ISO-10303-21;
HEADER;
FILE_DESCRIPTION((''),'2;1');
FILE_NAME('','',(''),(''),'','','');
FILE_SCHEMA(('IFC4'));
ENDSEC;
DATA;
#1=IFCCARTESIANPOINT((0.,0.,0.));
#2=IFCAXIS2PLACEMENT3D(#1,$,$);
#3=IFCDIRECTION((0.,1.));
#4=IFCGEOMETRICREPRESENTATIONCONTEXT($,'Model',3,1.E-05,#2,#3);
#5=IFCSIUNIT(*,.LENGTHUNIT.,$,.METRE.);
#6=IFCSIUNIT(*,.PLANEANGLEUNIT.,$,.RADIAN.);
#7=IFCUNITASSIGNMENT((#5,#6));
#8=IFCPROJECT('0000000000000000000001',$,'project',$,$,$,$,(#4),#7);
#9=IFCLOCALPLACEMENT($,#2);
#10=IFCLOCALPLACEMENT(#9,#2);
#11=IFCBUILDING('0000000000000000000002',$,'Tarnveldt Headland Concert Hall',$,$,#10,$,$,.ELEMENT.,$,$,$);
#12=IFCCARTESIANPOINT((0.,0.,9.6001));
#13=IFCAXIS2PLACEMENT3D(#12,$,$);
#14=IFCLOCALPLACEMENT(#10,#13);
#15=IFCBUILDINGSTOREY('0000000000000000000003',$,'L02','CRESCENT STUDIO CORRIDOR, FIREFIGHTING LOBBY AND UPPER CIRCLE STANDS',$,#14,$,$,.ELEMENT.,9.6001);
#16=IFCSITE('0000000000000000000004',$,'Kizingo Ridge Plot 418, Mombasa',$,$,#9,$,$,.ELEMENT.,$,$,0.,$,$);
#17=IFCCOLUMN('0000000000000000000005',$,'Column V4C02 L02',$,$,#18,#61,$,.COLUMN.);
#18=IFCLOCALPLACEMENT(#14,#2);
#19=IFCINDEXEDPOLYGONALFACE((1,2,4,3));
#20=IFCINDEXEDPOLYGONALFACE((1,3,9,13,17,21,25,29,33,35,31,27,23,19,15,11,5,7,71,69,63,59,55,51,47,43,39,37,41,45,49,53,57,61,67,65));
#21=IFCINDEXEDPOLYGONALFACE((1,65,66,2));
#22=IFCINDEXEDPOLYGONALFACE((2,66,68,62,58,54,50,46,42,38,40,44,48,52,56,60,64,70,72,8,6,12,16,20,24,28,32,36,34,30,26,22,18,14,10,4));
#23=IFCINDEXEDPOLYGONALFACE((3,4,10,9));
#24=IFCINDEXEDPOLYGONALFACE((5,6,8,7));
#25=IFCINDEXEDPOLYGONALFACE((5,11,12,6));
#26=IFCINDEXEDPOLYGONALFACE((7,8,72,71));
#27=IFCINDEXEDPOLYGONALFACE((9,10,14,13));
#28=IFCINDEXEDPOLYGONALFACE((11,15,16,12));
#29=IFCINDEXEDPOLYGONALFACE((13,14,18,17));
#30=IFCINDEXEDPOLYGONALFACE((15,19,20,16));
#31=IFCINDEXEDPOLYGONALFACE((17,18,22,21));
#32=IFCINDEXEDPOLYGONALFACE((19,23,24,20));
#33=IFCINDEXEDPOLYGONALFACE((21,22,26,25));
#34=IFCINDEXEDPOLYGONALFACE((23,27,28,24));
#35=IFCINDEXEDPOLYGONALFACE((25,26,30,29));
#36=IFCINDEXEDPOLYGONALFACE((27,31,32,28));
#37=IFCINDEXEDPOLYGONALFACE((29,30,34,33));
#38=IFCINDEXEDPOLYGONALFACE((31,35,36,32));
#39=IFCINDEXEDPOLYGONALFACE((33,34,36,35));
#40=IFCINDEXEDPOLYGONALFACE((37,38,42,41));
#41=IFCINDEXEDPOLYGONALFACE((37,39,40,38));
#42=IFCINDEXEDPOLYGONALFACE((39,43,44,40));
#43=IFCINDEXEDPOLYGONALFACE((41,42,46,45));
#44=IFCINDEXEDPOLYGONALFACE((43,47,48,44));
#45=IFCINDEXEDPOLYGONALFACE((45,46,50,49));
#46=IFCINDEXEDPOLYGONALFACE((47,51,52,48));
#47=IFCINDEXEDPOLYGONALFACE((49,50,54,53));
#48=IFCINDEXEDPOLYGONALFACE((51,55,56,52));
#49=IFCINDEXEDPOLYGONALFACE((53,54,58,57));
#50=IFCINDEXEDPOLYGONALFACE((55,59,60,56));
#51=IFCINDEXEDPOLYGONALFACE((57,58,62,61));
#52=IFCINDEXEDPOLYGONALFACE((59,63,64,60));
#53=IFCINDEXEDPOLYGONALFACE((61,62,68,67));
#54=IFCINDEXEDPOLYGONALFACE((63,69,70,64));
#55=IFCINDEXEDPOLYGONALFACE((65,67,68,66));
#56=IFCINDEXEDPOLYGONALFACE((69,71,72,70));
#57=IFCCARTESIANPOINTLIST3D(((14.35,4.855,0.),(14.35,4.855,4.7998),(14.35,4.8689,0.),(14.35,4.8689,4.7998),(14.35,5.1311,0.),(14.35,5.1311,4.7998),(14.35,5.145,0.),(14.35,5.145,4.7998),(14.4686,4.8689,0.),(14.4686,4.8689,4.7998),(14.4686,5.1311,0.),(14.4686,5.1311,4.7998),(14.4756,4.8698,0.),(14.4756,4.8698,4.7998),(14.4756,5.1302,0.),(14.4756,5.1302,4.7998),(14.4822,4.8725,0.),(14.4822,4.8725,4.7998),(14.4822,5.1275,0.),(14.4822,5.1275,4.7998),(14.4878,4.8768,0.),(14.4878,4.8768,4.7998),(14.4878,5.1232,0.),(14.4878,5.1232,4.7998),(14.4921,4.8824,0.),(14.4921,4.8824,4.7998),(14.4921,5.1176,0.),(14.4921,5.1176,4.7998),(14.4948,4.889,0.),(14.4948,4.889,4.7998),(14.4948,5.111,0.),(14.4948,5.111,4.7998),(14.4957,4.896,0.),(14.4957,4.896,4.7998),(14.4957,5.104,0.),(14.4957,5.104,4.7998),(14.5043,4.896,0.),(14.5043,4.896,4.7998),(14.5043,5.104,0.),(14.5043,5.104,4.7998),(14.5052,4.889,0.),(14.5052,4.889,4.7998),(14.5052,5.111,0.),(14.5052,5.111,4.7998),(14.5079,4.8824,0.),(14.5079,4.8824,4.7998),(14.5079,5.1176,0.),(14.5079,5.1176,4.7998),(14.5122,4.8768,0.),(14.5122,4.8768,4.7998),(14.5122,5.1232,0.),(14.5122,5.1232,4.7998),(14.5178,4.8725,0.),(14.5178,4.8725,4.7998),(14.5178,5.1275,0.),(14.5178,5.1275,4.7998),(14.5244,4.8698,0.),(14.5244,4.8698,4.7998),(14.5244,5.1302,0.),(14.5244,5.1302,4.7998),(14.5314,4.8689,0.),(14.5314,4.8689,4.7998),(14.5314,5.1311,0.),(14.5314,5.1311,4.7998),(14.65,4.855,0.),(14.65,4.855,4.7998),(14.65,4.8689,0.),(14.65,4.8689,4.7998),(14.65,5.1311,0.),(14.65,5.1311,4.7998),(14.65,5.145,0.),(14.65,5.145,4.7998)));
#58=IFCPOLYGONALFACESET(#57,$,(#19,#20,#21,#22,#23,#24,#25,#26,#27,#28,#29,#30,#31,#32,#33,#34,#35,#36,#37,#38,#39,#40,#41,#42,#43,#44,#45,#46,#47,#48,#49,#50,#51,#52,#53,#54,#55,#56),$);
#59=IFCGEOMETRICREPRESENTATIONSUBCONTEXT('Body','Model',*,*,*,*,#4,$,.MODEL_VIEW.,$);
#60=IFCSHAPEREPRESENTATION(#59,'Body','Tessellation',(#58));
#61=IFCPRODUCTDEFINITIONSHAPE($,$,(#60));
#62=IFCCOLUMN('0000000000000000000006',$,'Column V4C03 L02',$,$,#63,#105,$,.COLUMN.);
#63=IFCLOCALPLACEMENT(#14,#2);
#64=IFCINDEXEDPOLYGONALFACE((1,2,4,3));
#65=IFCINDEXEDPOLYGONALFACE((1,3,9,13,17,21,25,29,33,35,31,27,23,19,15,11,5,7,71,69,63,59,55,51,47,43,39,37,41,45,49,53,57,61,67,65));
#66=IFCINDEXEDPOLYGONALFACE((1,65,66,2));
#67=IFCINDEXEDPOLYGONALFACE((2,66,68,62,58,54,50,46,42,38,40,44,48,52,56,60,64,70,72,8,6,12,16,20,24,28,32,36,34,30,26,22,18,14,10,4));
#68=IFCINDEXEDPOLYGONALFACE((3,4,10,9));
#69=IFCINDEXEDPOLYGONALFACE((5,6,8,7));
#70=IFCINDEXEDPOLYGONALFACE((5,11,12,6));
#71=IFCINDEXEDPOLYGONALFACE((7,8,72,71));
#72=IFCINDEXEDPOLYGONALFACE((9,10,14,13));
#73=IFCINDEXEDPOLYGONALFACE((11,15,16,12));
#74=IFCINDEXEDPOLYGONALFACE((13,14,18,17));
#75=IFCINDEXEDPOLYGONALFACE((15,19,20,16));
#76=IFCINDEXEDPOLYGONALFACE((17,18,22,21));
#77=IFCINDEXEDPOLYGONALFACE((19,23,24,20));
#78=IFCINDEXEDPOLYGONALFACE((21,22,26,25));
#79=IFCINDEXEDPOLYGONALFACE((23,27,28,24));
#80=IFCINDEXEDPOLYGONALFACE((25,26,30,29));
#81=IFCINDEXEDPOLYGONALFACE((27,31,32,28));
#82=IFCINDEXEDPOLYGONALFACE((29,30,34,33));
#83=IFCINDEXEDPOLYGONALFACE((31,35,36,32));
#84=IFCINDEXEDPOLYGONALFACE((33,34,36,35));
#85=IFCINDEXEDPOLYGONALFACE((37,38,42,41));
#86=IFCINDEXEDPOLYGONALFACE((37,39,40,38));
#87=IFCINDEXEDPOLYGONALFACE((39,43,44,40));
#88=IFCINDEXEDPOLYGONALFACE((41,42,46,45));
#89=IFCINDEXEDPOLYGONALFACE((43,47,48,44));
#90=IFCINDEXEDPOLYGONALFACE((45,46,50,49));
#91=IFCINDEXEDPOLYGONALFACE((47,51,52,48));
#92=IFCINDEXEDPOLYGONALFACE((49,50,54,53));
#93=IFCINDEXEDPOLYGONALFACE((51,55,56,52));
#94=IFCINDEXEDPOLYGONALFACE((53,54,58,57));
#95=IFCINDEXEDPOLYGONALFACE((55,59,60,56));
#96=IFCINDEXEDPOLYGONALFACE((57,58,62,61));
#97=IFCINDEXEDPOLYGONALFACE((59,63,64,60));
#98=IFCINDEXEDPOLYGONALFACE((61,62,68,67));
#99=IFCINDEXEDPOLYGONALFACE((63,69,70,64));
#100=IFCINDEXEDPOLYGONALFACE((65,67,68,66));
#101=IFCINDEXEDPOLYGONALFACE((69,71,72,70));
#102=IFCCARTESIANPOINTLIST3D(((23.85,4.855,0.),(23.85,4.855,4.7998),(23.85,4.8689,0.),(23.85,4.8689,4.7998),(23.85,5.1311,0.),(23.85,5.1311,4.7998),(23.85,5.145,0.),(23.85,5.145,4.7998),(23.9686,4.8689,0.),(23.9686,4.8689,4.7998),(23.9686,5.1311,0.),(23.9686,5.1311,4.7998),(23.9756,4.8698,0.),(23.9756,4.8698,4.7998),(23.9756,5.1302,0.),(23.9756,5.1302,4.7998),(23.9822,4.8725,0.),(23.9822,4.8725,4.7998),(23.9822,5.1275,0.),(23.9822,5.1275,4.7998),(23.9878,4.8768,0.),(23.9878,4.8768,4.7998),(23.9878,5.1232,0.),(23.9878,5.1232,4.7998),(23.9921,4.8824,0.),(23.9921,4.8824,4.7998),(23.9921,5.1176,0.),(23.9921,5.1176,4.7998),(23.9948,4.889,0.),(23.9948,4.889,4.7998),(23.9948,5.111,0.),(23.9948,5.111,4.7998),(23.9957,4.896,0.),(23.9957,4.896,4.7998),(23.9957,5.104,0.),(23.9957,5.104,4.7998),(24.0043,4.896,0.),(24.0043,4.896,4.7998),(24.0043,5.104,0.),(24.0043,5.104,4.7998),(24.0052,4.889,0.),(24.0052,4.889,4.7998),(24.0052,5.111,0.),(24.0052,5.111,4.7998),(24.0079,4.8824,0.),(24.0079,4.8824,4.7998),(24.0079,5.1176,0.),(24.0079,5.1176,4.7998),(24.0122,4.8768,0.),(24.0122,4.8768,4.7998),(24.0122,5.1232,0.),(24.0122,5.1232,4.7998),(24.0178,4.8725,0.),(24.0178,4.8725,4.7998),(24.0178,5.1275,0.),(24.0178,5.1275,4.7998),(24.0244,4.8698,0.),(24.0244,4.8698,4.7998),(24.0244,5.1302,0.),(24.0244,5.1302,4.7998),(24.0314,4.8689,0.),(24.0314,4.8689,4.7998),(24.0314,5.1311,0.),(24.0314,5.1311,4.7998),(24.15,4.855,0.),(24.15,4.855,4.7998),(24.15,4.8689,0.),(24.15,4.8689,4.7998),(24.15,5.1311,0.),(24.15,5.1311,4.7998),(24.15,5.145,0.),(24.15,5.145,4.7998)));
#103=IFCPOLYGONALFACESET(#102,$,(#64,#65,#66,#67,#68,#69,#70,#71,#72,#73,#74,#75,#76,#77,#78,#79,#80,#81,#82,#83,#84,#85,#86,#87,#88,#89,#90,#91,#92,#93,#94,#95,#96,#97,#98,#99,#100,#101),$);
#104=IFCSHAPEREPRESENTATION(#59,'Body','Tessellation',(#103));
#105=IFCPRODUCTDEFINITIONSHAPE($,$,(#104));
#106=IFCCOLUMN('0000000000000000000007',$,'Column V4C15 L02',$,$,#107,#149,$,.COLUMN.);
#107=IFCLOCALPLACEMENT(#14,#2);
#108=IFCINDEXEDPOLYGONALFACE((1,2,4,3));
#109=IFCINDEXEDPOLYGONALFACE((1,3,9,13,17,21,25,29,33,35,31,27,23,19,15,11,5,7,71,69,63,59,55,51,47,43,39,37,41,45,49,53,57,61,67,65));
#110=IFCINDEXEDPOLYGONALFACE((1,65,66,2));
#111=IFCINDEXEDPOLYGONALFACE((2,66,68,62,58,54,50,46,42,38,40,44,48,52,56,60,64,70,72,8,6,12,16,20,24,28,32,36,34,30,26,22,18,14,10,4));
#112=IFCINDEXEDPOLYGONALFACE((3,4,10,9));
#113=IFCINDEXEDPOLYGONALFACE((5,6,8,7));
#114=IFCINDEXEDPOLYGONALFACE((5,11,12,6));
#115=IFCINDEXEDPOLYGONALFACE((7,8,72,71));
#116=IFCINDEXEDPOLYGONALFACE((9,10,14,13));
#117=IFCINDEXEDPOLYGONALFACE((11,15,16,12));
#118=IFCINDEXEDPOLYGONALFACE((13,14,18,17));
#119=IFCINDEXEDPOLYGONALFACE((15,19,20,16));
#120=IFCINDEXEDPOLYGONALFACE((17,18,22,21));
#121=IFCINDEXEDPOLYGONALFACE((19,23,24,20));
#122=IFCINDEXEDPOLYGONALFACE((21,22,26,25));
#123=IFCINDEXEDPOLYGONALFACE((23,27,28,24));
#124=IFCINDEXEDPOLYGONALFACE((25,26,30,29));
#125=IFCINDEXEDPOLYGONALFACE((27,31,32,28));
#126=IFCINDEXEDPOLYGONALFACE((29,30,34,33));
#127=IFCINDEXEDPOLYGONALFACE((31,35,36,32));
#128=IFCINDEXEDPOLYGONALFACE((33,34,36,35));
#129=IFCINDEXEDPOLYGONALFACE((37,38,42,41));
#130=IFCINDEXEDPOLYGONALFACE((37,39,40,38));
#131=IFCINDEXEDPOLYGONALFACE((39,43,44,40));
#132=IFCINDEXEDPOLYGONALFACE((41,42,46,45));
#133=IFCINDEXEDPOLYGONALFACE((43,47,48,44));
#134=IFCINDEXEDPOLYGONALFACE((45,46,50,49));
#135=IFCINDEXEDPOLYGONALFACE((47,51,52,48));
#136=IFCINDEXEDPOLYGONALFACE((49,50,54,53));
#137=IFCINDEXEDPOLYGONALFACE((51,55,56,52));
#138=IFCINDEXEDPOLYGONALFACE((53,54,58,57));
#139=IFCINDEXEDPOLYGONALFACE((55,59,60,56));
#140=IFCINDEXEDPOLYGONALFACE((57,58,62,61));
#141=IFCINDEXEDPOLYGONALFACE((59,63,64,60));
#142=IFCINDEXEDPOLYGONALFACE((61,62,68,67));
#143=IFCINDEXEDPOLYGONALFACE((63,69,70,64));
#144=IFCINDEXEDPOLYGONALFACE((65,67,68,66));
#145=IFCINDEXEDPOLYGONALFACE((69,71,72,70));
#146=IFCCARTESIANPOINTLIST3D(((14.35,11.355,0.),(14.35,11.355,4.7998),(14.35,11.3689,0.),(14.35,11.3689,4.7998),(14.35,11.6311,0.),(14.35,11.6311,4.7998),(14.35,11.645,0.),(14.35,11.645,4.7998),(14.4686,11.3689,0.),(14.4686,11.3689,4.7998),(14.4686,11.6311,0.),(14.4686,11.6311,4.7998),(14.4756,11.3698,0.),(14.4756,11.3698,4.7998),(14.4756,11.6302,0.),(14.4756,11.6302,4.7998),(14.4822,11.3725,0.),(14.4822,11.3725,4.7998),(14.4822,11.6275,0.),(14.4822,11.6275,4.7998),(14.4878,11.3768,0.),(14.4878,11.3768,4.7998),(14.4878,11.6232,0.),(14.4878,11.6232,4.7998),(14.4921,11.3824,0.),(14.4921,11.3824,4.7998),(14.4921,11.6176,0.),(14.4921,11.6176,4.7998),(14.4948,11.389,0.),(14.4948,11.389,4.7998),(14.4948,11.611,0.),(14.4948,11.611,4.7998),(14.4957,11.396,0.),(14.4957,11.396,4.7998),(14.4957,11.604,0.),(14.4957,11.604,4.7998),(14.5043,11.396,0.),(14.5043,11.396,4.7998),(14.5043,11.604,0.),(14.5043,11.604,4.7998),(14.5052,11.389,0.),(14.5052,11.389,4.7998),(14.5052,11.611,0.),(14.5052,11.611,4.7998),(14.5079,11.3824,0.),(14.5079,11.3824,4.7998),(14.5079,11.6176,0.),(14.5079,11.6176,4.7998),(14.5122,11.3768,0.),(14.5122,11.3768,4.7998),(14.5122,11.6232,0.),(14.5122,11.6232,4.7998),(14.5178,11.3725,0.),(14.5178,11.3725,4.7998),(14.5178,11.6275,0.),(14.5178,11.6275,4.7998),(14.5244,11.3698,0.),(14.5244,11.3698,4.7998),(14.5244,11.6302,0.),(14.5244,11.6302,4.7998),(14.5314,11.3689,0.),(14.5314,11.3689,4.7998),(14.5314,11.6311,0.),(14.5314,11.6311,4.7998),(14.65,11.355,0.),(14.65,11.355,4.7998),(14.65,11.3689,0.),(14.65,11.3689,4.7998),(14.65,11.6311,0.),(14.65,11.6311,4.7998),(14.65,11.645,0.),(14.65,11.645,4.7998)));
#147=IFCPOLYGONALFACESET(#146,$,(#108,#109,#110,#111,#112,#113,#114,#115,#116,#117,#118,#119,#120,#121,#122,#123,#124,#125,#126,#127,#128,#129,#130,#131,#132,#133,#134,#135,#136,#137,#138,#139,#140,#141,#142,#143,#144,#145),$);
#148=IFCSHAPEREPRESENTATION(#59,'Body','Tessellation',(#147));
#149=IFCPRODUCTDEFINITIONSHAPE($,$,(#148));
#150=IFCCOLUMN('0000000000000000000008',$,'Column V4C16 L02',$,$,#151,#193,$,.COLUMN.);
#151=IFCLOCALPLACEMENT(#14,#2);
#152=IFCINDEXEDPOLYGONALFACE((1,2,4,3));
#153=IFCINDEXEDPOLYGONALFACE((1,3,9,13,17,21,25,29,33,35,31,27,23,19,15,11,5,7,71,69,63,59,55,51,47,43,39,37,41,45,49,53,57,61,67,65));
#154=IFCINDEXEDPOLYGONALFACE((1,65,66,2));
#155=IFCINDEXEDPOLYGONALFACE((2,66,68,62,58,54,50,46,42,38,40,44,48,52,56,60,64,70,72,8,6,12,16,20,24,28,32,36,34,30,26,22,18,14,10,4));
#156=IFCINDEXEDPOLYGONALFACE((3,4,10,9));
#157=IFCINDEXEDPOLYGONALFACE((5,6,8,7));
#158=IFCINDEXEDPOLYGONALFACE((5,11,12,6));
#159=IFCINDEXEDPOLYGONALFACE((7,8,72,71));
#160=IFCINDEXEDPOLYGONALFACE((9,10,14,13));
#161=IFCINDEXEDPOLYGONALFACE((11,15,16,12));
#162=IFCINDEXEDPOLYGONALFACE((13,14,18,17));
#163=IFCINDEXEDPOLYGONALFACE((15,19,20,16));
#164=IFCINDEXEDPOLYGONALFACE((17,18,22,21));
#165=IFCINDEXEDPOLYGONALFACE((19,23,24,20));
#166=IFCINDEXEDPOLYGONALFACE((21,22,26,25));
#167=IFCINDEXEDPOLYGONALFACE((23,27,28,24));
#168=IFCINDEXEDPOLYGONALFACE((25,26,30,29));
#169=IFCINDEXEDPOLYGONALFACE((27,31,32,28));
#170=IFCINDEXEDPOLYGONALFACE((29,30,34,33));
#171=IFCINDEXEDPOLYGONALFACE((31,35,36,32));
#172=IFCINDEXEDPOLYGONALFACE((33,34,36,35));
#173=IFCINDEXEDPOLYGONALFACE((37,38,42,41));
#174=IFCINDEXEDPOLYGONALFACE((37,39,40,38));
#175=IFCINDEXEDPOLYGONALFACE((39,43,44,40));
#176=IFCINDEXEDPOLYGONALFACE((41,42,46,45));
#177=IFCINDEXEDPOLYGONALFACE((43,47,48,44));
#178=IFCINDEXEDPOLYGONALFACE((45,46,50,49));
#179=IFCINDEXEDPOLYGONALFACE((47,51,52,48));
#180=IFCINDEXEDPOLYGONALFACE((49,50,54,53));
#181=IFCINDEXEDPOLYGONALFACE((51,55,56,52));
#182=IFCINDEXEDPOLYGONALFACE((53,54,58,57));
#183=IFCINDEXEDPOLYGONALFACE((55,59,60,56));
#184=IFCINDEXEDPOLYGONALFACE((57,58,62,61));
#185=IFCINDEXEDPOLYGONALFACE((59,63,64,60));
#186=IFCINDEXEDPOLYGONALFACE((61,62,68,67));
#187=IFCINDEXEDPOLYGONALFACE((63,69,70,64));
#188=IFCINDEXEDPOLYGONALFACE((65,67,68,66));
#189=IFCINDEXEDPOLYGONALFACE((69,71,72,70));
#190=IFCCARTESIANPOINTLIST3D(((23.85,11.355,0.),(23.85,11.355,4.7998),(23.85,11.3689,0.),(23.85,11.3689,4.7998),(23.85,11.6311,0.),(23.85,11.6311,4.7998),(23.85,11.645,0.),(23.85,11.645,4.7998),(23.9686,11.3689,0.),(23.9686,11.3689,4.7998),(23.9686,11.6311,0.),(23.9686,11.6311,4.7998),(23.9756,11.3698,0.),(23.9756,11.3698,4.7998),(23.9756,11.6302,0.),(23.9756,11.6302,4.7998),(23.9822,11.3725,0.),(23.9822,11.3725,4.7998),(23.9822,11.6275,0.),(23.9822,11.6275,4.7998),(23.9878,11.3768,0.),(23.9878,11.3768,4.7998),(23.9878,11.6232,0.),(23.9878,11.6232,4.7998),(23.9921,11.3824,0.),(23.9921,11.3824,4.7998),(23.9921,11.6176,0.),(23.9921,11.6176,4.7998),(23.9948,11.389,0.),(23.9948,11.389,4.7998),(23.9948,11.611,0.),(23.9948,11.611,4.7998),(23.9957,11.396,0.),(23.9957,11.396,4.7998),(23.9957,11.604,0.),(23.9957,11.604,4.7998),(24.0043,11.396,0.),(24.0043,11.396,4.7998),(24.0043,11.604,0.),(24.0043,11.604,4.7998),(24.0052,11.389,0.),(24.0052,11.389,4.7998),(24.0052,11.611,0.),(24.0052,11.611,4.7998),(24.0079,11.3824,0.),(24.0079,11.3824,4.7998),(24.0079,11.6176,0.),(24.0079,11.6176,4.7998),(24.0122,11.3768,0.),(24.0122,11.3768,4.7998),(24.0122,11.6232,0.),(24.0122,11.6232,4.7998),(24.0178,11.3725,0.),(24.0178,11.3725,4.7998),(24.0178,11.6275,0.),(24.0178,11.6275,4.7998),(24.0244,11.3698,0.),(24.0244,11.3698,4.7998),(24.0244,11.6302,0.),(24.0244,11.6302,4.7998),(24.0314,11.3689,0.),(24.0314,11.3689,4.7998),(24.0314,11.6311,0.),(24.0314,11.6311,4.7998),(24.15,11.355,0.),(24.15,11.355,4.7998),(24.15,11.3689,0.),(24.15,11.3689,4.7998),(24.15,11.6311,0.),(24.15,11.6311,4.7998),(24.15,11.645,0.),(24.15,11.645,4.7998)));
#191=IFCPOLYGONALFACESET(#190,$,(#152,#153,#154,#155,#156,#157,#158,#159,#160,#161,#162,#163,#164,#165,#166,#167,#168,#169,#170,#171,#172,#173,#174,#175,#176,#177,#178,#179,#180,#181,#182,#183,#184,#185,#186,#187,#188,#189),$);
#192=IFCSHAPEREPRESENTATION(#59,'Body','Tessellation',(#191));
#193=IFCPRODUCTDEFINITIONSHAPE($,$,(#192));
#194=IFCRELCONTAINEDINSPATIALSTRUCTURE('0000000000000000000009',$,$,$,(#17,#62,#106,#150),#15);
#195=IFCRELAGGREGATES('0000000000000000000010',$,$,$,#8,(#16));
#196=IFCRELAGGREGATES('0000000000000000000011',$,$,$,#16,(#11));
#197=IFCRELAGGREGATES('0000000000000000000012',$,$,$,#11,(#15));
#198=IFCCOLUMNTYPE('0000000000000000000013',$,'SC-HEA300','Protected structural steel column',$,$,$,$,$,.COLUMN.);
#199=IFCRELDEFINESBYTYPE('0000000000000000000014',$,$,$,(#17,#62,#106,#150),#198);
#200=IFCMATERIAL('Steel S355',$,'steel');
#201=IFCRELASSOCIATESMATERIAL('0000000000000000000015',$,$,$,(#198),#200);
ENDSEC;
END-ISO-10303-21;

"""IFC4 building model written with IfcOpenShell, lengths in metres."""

from ifc_helpers import new_model, si_unit, direction, frame, origin, origin_2d, place, context, subcontext, project, spatial, i_section, extrude, material, material_profile, profile_set, type_object, element, save


model = new_model("IFC4")

# Units and contexts
model_context = context("Model", 3, precision=1e-05, world=origin(), true_north=direction((0.0, 1.0)))
body_context = subcontext(model_context, "Body", "Model", "MODEL_VIEW")
ifc_project = project(units=[si_unit("LENGTHUNIT", "METRE"), si_unit("PLANEANGLEUNIT", "RADIAN")], contexts=[model_context])

# Site, building, storey
site_placement = place(None, origin())
site = spatial("IfcSite", under=ifc_project, at=site_placement, Name="Kizingo Ridge Plot 418, Mombasa", CompositionType="ELEMENT", RefElevation=0.0)
building_placement = place(site_placement, origin())
building = spatial("IfcBuilding", under=site, at=building_placement, Name="Tarnveldt Headland Concert Hall", CompositionType="ELEMENT")
storey_placement = place(building_placement, frame((0.0, 0.0, 9.6001)))
storey = spatial("IfcBuildingStorey", under=building, at=storey_placement, Name="L02", Description="CRESCENT STUDIO CORRIDOR, FIREFIGHTING LOBBY AND UPPER CIRCLE STANDS", CompositionType="ELEMENT", Elevation=9.6001)

# Columns
ifc_material_1 = material(Name="Steel S355", Category="steel")
ifc_material_profile_1 = material_profile(ifc_material_1, i_section(OverallWidth=0.3, OverallDepth=0.29, WebThickness=0.0085, FlangeThickness=0.0139, FilletRadius=0.0271, at=origin_2d()), Name="HEA300", Category="steel")
ifc_profile_set_1 = profile_set([ifc_material_profile_1], Name="Steel S355")
column_type = type_object("IfcColumnType", Name="SC-HEA300", Description="Protected structural steel column", PredefinedType="COLUMN", material=ifc_profile_set_1)
for number, where, z_axis, x_axis, name in (
    (1, (14.5, 5.0, 0.0), (0.0, 0.0, 1.0), (1.0, 0.0, 0.0), "Column V4C02 L02"),
    (2, (24.0, 5.0, 0.0), (0.0, 0.0, 1.0), (1.0, 0.0, 0.0), "Column V4C03 L02"),
    (3, (14.5, 11.5, 0.0), (0.0, 0.0, 1.0), (1.0, 0.0, 0.0), "Column V4C15 L02"),
    (4, (24.0, 11.5, 0.0), (0.0, 0.0, 1.0), (1.0, 0.0, 0.0), "Column V4C16 L02"),
):
    element("IfcColumn", number, at=place(storey_placement, frame(where, z_axis=z_axis, x_axis=x_axis)), inside=storey, type_object=column_type, Name=name, PredefinedType="COLUMN", context=body_context, shape_type="SweptSolid", body=[
        extrude(i_section(OverallWidth=0.3, OverallDepth=0.29, WebThickness=0.0085, FlangeThickness=0.0139, FilletRadius=0.0271, at=origin_2d()), origin(), (0.0, 0.0, 1.0), 4.7998),
    ])

save(model, "model.ifc")
